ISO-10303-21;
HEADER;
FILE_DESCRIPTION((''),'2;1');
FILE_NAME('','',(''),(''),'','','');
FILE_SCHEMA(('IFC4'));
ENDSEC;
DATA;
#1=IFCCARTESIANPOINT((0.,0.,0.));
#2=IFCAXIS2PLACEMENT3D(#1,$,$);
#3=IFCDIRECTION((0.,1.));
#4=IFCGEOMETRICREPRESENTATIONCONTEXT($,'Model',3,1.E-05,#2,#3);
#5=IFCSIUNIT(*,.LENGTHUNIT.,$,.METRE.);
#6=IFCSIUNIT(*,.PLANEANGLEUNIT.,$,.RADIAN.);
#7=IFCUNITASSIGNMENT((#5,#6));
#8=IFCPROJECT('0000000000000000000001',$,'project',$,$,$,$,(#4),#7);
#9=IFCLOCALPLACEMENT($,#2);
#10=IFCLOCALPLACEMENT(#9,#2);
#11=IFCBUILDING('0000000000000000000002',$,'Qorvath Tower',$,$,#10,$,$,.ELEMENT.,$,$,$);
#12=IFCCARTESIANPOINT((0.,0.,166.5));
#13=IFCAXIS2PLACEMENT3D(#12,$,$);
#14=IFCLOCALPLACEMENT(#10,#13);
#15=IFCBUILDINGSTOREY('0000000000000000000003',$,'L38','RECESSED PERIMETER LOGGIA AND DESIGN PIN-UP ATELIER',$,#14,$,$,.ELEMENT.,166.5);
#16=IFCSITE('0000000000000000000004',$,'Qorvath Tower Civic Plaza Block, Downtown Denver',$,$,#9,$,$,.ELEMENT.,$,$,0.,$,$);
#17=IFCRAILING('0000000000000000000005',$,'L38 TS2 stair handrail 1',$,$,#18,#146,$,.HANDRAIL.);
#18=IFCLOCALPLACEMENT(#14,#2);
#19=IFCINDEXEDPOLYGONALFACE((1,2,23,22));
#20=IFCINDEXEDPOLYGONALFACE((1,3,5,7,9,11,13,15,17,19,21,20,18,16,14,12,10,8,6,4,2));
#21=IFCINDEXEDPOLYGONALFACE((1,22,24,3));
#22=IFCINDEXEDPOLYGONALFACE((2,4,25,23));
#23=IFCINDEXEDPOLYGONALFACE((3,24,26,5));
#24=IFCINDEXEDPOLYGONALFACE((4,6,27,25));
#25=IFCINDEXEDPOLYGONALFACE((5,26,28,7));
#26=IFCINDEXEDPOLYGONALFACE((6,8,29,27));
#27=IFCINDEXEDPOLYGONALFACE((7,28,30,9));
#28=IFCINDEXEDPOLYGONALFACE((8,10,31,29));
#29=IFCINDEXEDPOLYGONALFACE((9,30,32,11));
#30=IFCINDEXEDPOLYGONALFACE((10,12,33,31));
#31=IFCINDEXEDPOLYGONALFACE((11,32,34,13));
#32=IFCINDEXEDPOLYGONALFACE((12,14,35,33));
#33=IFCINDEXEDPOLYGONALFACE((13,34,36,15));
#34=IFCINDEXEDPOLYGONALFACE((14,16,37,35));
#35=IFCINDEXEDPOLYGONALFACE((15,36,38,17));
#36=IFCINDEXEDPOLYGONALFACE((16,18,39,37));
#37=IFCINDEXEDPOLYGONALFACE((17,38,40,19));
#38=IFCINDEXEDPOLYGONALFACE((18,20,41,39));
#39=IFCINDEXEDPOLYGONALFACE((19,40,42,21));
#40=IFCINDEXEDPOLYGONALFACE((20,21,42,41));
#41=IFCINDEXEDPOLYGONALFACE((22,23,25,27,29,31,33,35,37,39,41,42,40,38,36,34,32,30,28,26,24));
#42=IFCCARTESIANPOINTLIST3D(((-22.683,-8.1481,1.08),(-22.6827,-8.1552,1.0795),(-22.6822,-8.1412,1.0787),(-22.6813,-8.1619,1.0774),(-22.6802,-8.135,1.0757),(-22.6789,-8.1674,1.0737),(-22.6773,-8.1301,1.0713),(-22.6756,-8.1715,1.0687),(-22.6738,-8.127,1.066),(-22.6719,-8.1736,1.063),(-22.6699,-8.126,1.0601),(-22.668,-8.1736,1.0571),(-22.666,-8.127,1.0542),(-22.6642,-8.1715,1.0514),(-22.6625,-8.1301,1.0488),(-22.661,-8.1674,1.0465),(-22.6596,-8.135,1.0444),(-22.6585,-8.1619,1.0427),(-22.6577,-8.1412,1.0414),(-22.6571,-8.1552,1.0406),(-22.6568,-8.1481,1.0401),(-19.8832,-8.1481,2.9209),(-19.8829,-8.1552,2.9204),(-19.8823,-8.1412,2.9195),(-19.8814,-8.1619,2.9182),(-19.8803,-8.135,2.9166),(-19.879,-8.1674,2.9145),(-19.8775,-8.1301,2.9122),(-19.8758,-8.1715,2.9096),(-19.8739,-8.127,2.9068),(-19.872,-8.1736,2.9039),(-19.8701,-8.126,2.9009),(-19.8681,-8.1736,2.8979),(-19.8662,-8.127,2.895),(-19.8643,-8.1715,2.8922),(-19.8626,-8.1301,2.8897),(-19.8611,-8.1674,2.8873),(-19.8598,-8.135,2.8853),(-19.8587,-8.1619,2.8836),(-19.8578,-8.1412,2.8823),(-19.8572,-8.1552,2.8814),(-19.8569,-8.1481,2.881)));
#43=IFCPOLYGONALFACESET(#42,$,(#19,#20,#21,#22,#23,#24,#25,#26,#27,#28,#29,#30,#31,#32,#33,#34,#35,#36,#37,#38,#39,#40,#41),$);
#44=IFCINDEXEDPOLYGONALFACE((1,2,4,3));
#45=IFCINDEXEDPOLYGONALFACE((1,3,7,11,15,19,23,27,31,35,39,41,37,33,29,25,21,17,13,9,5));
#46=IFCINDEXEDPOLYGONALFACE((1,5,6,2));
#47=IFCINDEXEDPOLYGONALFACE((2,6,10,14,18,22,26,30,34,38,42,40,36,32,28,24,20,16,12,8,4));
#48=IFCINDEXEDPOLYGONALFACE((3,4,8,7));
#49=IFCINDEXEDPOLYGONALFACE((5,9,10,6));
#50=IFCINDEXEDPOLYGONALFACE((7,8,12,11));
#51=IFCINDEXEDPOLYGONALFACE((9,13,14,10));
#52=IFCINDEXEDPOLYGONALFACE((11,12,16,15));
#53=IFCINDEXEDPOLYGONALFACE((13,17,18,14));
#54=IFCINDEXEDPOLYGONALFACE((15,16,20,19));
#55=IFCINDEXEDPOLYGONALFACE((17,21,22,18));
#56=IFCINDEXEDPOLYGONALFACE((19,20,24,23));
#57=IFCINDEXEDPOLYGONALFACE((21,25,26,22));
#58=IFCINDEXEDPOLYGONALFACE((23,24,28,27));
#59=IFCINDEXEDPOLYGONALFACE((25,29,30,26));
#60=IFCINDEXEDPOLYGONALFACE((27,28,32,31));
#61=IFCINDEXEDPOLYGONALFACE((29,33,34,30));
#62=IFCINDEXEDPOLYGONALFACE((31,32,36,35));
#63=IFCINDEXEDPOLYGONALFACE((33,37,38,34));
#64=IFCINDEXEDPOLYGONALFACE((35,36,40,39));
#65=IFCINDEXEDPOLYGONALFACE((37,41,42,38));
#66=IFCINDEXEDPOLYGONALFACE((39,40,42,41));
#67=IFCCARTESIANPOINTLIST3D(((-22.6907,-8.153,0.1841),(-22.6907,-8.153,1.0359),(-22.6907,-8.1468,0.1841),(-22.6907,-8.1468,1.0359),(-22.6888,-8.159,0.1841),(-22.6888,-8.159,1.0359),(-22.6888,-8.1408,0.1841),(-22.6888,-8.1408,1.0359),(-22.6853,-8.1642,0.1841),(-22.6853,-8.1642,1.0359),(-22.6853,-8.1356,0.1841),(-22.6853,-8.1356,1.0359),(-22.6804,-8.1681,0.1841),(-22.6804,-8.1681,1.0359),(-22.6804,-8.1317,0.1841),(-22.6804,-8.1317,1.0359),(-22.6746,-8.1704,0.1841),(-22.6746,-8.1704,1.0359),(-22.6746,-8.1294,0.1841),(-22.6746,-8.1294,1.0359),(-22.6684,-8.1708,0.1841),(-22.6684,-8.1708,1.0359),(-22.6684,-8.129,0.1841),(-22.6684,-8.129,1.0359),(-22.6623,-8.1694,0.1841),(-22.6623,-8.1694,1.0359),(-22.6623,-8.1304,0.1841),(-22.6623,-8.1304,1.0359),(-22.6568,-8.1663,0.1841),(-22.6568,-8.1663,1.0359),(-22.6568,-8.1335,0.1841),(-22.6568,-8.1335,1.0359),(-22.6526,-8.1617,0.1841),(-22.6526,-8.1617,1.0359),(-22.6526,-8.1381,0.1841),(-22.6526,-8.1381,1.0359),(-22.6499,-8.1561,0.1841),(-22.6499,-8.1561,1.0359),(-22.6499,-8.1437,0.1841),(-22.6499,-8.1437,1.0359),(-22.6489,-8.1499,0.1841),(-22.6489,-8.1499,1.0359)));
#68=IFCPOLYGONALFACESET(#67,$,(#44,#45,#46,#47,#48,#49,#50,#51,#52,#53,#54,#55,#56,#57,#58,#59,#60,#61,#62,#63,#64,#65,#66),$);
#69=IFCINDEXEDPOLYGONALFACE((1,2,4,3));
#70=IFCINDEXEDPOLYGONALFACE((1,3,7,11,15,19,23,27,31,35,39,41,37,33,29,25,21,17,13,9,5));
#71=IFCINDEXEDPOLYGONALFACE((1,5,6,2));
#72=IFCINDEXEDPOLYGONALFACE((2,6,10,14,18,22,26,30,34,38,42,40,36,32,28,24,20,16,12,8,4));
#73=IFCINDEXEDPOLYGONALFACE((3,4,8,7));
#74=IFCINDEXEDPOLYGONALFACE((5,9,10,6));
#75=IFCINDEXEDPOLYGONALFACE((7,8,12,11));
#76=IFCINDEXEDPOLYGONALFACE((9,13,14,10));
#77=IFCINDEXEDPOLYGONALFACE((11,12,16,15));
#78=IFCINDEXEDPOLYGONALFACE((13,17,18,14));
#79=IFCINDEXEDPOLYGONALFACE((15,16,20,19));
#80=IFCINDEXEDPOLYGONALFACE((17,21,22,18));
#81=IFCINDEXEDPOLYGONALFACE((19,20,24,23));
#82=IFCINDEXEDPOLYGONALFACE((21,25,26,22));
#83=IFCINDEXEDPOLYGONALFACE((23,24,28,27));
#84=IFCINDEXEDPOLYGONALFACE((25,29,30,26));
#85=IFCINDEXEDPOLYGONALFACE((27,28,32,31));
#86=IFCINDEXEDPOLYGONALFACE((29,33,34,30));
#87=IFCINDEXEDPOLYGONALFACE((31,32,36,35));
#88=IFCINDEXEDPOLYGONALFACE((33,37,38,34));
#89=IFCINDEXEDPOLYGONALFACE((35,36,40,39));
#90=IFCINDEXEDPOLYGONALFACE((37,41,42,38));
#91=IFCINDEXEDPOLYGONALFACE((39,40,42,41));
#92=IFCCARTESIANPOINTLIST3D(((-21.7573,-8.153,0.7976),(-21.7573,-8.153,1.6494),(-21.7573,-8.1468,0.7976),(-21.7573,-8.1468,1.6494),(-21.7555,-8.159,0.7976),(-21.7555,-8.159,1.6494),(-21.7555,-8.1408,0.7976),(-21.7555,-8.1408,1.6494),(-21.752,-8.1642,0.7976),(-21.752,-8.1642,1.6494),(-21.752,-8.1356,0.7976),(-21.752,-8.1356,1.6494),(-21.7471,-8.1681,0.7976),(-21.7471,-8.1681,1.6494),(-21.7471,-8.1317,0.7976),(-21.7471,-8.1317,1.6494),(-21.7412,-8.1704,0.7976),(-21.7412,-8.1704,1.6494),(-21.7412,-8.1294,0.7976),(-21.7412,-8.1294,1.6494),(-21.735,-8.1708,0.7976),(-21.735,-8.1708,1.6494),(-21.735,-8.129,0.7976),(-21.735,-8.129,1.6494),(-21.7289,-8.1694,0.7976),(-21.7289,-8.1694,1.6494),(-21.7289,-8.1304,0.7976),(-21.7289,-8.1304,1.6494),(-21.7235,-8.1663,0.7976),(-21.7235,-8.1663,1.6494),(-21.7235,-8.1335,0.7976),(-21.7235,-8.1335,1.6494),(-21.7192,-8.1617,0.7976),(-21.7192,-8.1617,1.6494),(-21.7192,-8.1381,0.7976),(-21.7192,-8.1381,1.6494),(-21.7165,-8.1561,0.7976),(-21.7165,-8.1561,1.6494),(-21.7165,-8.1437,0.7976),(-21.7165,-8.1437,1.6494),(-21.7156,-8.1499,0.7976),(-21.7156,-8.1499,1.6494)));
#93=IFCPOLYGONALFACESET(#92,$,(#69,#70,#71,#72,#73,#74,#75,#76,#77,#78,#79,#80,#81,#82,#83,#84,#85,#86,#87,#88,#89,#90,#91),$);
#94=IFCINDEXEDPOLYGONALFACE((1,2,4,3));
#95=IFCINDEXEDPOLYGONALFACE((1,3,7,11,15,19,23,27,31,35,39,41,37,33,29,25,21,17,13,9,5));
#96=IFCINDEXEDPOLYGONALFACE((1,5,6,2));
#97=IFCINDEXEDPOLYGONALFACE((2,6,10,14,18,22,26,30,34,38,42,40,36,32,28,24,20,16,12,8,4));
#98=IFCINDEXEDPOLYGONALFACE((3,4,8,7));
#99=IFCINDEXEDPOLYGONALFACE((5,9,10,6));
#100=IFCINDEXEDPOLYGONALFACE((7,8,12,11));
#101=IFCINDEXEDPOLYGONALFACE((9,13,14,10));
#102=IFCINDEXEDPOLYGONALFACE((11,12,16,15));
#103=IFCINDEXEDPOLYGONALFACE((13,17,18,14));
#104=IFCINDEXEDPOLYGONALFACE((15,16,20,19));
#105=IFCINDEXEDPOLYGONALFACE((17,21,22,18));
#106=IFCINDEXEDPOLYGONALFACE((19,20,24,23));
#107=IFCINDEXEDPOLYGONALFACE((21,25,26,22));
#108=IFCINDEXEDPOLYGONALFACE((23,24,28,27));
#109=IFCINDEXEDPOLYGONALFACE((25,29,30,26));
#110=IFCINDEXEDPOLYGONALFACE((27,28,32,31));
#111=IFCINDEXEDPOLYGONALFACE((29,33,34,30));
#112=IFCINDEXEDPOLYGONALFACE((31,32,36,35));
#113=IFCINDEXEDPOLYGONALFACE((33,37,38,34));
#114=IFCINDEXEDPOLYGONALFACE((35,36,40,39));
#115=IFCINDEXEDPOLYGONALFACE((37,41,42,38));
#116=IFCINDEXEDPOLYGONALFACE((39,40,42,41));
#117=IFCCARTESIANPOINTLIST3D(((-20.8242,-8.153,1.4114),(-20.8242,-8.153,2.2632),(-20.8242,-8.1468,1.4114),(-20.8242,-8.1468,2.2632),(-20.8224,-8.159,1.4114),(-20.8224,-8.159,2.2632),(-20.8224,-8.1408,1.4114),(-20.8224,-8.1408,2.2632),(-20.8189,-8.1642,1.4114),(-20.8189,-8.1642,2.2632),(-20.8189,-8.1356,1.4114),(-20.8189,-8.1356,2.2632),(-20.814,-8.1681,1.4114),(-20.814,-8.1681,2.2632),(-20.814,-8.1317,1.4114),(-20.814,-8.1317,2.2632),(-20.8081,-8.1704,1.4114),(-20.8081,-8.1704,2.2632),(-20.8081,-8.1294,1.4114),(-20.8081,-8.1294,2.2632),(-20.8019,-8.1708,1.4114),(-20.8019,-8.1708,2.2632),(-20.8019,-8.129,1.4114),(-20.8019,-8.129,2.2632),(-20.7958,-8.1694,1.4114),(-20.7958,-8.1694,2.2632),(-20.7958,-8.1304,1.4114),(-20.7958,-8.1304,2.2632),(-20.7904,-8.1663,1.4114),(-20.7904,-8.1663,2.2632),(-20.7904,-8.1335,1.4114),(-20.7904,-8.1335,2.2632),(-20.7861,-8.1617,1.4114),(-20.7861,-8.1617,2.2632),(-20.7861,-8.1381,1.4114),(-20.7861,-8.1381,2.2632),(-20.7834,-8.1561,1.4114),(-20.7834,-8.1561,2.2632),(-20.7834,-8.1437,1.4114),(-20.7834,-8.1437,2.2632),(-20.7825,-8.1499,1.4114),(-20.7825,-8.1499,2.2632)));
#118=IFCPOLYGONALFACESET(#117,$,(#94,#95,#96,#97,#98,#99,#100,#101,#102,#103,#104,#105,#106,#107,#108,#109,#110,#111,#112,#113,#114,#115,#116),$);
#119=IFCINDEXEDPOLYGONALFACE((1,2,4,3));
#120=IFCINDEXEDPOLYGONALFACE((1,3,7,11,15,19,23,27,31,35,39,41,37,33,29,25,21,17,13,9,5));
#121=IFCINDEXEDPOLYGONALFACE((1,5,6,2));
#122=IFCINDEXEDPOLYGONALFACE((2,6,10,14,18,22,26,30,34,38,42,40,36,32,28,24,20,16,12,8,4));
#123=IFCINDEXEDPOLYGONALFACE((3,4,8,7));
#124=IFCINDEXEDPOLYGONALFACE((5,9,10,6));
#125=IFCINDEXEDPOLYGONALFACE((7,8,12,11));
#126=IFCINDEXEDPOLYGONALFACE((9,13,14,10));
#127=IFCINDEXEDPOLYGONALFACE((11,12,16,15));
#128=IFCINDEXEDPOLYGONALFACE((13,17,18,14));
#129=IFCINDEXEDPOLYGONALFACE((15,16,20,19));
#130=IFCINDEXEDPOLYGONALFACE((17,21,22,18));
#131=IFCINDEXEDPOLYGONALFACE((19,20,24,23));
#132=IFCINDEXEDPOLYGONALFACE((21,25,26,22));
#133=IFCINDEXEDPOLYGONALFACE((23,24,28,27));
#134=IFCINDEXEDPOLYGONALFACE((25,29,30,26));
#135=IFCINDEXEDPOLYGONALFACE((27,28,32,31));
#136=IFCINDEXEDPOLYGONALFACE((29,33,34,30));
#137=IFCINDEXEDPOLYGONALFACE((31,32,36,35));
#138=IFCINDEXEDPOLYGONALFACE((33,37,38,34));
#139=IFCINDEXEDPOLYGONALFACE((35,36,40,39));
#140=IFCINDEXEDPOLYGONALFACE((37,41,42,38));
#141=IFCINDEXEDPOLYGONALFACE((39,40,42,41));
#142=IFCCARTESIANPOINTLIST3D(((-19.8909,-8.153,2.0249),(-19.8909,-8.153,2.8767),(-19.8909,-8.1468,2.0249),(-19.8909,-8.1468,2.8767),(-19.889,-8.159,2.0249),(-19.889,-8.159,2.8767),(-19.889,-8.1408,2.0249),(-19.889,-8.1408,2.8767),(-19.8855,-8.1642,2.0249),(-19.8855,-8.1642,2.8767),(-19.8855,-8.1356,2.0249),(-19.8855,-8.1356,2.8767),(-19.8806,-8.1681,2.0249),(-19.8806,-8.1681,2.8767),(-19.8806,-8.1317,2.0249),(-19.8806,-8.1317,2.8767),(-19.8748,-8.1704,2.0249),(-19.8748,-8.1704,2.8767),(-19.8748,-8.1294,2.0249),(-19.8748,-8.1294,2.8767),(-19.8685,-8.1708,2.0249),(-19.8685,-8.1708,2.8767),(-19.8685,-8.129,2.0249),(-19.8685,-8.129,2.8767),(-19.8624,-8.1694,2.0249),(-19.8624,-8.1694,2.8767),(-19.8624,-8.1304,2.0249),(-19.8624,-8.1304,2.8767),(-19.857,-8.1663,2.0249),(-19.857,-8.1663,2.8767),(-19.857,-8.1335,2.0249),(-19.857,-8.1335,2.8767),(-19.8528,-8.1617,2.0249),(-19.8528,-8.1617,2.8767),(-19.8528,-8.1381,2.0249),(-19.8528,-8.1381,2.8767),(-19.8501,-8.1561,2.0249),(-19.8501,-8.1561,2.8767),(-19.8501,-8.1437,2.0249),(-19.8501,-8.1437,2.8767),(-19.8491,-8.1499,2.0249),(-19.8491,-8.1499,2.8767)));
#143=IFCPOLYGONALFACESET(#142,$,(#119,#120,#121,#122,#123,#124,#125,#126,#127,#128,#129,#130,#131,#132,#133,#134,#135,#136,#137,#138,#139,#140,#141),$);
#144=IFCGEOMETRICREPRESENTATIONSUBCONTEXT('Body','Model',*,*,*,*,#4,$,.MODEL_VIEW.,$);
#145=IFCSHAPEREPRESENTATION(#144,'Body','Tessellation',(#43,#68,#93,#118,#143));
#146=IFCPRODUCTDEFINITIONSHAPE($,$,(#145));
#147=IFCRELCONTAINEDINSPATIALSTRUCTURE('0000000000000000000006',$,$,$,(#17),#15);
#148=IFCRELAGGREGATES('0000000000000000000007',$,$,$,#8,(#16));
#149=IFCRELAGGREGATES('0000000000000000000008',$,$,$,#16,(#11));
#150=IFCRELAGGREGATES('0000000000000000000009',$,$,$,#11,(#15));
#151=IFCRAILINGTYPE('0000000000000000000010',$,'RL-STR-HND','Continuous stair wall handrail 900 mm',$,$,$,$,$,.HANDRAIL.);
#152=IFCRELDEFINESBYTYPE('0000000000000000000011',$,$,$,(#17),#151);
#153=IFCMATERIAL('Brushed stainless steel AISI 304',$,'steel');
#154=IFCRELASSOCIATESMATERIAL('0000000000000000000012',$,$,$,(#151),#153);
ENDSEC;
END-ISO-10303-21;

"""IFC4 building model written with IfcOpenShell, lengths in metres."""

from ifc_helpers import new_model, si_unit, direction, frame, origin, origin_2d, place, context, subcontext, project, spatial, circle, extrude, material, type_object, element, save


model = new_model("IFC4")

# Units and contexts
model_context = context("Model", 3, precision=1e-05, world=origin(), true_north=direction((0.0, 1.0)))
body_context = subcontext(model_context, "Body", "Model", "MODEL_VIEW")
ifc_project = project(units=[si_unit("LENGTHUNIT", "METRE"), si_unit("PLANEANGLEUNIT", "RADIAN")], contexts=[model_context])

# Site, building, storey
site_placement = place(None, origin())
site = spatial("IfcSite", under=ifc_project, at=site_placement, Name="Qorvath Tower Civic Plaza Block, Downtown Denver", CompositionType="ELEMENT", RefElevation=0.0)
building_placement = place(site_placement, origin())
building = spatial("IfcBuilding", under=site, at=building_placement, Name="Qorvath Tower", CompositionType="ELEMENT")
storey_placement = place(building_placement, frame((0.0, 0.0, 166.5)))
storey = spatial("IfcBuildingStorey", under=building, at=storey_placement, Name="L38", Description="RECESSED PERIMETER LOGGIA AND DESIGN PIN-UP ATELIER", CompositionType="ELEMENT", Elevation=166.5)

# Railing
ifc_material_1 = material(Name="Brushed stainless steel AISI 304", Category="steel")
railing_type_1 = type_object("IfcRailingType", Name="RL-STR-HND", Description="Continuous stair wall handrail 900 mm", PredefinedType="HANDRAIL", material=ifc_material_1)
railing_1_placement = place(storey_placement, frame((-22.6699, -8.1499, 0.1841)))
element("IfcRailing", 1, at=railing_1_placement, inside=storey, type_object=railing_type_1, Name="L38 TS2 stair handrail 1", PredefinedType="HANDRAIL", context=body_context, shape_type="SweptSolid", body=[
    extrude(circle(Radius=0.0239, at=origin_2d()), frame((0.0, 0.0, 0.876), z_axis=(0.835576, 0.0, 0.549376), x_axis=(0.0, 1.0, 0.0)), (0.0, 0.0, 1.0), 3.3508),
    extrude(circle(Radius=0.021, at=origin_2d()), origin(), (0.0, 0.0, 1.0), 0.8518),
    extrude(circle(Radius=0.021, at=origin_2d()), frame((0.9333, 0.0, 0.6135)), (0.0, 0.0, 1.0), 0.8518),
    extrude(circle(Radius=0.021, at=origin_2d()), frame((1.8665, 0.0, 1.2273)), (0.0, 0.0, 1.0), 0.8518),
    extrude(circle(Radius=0.021, at=origin_2d()), frame((2.7998, 0.0, 1.8408)), (0.0, 0.0, 1.0), 0.8518),
])

save(model, "model.ifc")
